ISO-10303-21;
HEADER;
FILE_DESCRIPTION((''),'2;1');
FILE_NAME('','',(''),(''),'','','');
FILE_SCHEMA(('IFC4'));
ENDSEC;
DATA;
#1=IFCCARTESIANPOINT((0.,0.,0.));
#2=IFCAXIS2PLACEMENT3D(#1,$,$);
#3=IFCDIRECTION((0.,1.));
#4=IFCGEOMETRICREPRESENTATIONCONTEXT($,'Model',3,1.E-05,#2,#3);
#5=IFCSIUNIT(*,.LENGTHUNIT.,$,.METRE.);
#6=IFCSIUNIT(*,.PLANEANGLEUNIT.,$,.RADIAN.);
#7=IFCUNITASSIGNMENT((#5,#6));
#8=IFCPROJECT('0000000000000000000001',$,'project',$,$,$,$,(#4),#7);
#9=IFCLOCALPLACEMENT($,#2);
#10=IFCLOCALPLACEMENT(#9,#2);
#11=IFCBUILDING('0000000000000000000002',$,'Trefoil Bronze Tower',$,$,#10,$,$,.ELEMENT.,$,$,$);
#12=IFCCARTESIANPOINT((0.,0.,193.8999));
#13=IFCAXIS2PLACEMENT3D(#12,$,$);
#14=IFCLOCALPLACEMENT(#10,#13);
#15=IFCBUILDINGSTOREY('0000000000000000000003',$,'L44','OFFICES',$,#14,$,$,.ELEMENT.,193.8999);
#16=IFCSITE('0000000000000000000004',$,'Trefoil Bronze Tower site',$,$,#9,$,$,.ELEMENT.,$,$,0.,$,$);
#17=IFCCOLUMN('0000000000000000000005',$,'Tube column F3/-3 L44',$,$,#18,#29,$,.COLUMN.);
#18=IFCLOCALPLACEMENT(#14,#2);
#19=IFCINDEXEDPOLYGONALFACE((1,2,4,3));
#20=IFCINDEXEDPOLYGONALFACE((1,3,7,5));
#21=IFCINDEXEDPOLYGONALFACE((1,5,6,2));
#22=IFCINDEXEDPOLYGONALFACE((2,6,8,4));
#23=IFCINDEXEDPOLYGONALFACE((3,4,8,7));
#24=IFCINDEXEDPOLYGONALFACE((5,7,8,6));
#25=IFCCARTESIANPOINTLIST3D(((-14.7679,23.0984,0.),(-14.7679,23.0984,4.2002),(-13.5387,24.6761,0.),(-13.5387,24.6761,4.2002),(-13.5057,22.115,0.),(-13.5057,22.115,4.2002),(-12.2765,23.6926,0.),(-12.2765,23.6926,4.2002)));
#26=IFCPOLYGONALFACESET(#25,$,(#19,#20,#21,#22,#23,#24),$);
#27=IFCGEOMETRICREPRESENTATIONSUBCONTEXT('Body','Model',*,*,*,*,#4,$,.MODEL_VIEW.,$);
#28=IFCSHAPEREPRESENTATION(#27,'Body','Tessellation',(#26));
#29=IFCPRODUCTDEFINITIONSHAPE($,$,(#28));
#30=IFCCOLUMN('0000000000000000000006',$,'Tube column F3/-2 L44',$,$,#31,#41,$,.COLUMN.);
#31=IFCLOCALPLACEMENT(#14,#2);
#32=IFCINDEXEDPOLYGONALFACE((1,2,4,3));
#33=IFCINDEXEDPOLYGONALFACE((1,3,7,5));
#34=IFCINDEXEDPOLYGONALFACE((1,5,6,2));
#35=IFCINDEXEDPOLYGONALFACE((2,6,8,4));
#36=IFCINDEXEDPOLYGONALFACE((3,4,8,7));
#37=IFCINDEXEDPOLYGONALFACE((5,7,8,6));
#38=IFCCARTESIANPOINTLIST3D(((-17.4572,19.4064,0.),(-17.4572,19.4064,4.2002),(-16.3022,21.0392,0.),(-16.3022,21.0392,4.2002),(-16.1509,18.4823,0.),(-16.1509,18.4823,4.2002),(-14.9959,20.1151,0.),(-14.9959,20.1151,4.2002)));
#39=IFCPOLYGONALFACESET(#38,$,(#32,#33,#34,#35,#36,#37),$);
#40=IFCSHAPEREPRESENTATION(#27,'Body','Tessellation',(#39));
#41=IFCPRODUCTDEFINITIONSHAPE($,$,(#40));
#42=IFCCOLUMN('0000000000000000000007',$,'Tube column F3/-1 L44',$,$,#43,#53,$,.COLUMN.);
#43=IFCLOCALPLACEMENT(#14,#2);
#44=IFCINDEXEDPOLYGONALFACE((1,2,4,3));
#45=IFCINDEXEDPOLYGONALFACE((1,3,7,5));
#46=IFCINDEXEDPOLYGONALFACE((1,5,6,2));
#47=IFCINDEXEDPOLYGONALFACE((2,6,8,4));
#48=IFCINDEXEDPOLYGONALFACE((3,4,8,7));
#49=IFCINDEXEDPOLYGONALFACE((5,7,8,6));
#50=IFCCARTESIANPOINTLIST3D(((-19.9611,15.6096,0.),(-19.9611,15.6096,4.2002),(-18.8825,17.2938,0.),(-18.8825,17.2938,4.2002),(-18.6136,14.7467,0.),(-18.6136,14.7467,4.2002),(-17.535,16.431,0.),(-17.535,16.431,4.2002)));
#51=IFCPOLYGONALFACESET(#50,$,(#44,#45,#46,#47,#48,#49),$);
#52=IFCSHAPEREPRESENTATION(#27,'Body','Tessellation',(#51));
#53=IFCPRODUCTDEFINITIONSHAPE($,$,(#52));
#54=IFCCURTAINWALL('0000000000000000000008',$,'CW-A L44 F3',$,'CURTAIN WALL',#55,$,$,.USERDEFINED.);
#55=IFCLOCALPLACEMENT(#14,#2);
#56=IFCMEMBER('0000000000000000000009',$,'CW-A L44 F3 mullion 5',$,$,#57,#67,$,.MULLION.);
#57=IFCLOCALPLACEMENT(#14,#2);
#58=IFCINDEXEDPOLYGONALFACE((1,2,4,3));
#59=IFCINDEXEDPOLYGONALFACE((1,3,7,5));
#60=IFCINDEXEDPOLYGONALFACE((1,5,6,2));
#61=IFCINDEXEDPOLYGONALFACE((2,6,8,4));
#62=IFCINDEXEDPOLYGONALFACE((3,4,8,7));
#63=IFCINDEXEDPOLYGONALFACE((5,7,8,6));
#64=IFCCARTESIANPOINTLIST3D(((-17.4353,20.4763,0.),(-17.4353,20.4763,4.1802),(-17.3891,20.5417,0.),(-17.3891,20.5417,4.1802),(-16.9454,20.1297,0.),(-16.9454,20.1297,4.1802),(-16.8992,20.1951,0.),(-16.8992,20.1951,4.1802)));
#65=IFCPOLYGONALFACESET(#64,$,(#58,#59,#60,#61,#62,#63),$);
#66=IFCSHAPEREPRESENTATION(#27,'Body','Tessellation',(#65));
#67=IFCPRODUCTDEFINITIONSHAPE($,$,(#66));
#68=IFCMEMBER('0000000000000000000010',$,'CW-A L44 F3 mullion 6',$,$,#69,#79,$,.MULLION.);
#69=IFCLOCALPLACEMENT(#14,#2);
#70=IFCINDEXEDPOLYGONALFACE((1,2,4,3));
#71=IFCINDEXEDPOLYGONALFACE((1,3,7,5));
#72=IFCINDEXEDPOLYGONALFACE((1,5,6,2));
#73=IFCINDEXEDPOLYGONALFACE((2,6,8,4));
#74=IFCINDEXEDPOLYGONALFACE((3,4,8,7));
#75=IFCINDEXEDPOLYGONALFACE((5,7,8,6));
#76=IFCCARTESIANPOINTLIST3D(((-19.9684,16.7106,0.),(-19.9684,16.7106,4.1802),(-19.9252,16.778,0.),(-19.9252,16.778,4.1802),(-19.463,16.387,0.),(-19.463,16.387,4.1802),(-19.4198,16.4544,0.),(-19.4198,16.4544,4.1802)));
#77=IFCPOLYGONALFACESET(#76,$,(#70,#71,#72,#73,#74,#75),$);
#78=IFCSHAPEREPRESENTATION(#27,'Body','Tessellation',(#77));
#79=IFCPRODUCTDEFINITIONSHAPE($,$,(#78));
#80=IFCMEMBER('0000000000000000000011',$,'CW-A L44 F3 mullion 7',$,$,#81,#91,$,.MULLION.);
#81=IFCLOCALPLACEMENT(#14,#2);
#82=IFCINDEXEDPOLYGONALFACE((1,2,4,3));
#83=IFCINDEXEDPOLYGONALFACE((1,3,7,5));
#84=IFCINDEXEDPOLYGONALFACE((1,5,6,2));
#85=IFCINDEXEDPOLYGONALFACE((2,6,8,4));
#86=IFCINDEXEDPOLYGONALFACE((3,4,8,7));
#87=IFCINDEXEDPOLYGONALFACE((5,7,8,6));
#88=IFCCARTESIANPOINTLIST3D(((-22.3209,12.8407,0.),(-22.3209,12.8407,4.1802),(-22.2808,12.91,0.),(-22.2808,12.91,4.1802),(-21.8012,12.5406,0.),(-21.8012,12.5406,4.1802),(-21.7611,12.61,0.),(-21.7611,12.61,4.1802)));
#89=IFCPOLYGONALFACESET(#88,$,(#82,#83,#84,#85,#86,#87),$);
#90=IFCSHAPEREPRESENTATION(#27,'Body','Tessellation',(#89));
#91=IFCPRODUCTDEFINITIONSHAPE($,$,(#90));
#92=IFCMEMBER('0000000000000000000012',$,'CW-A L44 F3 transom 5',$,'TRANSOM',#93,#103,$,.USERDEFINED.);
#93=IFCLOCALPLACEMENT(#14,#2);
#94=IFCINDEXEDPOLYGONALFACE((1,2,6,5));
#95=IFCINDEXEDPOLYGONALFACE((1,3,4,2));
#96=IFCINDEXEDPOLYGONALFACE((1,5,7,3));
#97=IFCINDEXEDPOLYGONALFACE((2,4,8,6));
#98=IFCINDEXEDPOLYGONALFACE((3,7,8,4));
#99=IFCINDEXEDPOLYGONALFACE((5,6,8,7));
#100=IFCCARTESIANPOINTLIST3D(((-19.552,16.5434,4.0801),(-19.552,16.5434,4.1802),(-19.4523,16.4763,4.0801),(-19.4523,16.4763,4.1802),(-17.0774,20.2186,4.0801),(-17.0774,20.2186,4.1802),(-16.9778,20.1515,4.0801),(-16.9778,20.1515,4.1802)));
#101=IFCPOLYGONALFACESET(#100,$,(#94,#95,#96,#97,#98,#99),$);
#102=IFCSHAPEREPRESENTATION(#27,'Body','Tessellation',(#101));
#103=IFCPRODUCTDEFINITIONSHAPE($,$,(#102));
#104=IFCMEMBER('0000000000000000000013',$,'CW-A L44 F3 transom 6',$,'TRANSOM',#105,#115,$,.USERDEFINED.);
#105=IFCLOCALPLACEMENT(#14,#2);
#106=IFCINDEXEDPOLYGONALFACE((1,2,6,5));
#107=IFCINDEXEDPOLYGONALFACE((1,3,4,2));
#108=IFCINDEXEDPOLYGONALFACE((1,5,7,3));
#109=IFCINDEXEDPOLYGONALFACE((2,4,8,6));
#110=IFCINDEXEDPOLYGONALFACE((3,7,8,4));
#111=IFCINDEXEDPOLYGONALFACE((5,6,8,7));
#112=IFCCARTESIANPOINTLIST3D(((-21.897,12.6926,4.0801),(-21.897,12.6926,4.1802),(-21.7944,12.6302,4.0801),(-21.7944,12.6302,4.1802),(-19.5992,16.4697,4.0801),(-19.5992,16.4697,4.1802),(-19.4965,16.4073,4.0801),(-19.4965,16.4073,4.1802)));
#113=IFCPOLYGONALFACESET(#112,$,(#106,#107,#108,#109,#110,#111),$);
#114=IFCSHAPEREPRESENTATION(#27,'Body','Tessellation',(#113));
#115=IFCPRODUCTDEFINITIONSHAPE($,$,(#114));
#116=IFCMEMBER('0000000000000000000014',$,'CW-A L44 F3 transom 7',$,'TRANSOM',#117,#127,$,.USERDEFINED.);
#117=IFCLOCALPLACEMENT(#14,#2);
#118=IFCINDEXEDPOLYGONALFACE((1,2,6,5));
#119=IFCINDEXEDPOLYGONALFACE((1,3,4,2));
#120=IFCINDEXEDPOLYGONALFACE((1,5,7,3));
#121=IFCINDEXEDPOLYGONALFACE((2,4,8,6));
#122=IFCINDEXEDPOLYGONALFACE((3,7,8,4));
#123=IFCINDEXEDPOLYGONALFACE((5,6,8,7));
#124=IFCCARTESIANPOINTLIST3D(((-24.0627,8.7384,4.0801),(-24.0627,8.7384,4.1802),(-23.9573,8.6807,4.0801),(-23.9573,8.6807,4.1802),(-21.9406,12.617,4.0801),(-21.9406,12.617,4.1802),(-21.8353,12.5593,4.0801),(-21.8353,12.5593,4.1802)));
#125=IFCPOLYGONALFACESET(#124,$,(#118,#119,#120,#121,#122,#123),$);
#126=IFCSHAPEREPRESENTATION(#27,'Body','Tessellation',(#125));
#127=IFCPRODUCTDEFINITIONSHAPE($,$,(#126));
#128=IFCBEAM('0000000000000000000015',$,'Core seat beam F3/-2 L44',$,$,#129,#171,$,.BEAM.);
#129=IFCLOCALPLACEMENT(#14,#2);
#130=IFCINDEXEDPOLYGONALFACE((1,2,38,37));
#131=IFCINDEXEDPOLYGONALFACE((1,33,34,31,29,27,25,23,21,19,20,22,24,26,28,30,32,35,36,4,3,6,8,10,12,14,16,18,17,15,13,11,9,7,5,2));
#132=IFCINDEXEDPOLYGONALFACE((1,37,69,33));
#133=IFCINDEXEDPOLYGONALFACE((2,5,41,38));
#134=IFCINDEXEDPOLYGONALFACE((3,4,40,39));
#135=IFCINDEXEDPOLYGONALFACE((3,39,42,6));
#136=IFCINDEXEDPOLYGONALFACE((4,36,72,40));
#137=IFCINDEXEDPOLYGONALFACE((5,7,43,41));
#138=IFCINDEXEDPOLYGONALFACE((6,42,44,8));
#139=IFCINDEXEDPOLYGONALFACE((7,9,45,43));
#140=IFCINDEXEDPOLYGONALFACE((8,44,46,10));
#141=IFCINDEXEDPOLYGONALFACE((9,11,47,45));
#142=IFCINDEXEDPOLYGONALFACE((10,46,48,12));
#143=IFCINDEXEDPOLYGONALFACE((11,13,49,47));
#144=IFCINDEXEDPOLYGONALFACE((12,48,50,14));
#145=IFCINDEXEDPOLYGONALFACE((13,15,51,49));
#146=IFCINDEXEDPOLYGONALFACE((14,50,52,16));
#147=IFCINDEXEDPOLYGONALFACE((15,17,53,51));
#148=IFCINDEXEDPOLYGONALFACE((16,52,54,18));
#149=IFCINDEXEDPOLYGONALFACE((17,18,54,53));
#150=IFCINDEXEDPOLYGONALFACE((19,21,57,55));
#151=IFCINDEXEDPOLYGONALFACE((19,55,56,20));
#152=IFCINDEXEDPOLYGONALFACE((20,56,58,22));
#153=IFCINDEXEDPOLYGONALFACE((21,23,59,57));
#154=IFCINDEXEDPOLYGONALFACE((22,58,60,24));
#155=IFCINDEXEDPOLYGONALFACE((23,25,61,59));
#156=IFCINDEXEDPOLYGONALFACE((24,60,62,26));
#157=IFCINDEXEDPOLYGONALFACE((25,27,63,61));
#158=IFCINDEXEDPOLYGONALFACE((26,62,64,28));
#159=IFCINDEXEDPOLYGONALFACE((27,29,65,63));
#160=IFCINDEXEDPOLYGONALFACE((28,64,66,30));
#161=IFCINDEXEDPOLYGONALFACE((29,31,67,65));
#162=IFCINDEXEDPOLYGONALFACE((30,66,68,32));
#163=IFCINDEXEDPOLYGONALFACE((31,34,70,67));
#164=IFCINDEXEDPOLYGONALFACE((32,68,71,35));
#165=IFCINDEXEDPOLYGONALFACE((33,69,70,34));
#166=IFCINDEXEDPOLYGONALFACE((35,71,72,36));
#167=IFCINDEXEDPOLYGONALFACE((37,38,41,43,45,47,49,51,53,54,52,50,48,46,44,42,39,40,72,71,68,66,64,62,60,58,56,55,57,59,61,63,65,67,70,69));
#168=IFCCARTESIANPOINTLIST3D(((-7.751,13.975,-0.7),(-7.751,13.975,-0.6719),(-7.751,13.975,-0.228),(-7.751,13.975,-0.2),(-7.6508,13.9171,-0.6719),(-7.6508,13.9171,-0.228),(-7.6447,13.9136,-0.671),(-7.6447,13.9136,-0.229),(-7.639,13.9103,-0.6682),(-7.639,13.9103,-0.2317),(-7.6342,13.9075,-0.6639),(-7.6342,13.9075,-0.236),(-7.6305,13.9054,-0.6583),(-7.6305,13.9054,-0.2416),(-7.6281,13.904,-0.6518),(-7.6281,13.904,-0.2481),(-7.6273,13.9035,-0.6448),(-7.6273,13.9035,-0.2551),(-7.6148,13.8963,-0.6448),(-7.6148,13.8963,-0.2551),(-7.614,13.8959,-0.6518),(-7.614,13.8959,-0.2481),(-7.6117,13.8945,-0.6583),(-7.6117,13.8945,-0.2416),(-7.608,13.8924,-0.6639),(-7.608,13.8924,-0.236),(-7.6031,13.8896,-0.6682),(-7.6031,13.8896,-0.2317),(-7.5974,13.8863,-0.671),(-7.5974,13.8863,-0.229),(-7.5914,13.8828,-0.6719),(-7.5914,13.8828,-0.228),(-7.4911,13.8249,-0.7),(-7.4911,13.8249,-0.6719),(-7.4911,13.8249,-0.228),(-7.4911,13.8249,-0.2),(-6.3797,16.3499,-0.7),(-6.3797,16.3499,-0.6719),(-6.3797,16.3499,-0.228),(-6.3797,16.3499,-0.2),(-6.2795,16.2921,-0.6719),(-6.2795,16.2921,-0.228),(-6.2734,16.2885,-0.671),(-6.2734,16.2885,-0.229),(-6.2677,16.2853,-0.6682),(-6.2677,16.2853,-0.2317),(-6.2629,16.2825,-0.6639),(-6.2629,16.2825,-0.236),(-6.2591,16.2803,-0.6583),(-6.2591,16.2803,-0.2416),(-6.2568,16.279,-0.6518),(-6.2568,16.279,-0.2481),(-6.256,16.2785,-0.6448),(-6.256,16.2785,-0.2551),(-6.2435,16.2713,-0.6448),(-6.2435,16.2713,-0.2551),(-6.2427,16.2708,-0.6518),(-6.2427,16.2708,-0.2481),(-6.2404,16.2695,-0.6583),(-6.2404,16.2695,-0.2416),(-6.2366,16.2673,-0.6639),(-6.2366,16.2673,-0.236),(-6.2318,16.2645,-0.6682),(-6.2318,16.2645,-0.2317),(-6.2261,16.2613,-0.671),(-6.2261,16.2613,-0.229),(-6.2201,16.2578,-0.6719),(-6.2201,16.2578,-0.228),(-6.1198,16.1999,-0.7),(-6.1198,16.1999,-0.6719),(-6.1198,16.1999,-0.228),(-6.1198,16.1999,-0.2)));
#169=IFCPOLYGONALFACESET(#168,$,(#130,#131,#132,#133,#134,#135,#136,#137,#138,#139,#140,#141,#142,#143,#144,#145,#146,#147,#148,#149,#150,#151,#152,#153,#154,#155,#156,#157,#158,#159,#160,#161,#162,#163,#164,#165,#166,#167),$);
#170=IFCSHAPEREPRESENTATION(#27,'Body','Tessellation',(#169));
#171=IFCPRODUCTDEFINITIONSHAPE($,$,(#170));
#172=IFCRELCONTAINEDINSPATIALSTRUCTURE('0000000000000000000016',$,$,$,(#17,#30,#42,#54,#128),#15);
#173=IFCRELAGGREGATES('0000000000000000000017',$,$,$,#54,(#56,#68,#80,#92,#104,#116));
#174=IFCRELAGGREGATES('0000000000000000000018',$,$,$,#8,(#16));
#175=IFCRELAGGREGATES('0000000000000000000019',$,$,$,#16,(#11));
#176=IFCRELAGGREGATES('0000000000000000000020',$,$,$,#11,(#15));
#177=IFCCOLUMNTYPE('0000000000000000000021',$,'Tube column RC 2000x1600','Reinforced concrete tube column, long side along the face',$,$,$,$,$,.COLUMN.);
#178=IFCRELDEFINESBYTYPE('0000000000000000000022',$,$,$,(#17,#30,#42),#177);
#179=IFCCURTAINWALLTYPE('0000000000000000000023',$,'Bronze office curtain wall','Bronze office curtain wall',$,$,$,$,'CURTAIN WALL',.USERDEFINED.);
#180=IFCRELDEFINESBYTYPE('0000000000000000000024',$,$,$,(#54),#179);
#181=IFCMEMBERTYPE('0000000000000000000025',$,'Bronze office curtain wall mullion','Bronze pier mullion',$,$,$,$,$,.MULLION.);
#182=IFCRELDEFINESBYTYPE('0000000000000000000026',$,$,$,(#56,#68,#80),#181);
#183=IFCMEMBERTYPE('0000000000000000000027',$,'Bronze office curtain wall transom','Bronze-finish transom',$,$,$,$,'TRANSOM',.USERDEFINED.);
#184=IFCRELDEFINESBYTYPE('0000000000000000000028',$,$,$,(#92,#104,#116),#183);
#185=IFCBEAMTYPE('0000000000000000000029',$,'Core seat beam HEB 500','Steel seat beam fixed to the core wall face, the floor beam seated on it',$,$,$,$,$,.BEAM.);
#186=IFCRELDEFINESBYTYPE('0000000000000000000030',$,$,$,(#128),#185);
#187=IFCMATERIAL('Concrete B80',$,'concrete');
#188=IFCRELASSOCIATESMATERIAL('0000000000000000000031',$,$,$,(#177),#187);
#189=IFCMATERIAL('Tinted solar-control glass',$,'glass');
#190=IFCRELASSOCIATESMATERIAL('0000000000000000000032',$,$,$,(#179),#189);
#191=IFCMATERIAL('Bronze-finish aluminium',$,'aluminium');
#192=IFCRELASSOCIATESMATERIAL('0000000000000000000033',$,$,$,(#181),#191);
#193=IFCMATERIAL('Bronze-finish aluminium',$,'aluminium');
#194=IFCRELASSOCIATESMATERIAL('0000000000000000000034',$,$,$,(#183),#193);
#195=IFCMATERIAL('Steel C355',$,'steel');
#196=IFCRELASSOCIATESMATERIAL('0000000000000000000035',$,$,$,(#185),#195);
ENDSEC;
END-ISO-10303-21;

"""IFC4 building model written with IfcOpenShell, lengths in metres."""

from ifc_helpers import new_model, si_unit, direction, frame, origin, origin_2d, place, context, subcontext, project, spatial, rectangle, i_section, extrude, material, material_profile, profile_set, type_object, element, aggregate, save


model = new_model("IFC4")

# Units and contexts
model_context = context("Model", 3, precision=1e-05, world=origin(), true_north=direction((0.0, 1.0)))
body_context = subcontext(model_context, "Body", "Model", "MODEL_VIEW")
ifc_project = project(units=[si_unit("LENGTHUNIT", "METRE"), si_unit("PLANEANGLEUNIT", "RADIAN")], contexts=[model_context])

# Site, building, storey
site_placement = place(None, origin())
site = spatial("IfcSite", under=ifc_project, at=site_placement, Name="Trefoil Bronze Tower site", CompositionType="ELEMENT", RefElevation=0.0)
building_placement = place(site_placement, origin())
building = spatial("IfcBuilding", under=site, at=building_placement, Name="Trefoil Bronze Tower", CompositionType="ELEMENT")
storey_placement = place(building_placement, frame((0.0, 0.0, 193.8999)))
storey = spatial("IfcBuildingStorey", under=building, at=storey_placement, Name="L44", Description="OFFICES", CompositionType="ELEMENT", Elevation=193.8999)

# Columns
ifc_material_1 = material(Name="Concrete B80", Category="concrete")
ifc_material_profile_1 = material_profile(ifc_material_1, rectangle(XDim=2.0, YDim=1.6001, at=origin_2d()), Name="RC 2000x1600")
ifc_profile_set_1 = profile_set([ifc_material_profile_1], Name="Concrete B80")
column_type = type_object("IfcColumnType", Name="Tube column RC 2000x1600", Description="Reinforced concrete tube column, long side along the face", PredefinedType="COLUMN", material=ifc_profile_set_1)
for number, where, z_axis, x_axis, name in (
    (1, (-13.5222, 23.3955, 0.0), (0.0, 0.0, 1.0), (-0.614622, -0.788821, 0.0), "Tube column F3/-3 L44"),
    (2, (-16.2266, 19.7607, 0.0), (0.0, 0.0, 1.0), (-0.577481, -0.816404, 0.0), "Tube column F3/-2 L44"),
    (3, (-18.748, 16.0203, 0.0), (0.0, 0.0, 1.0), (-0.53927, -0.842133, 0.0), "Tube column F3/-1 L44"),
):
    element("IfcColumn", number, at=place(storey_placement, frame(where, z_axis=z_axis, x_axis=x_axis)), inside=storey, type_object=column_type, Name=name, PredefinedType="COLUMN", context=body_context, shape_type="SweptSolid", body=[
        extrude(rectangle(XDim=2.0, YDim=1.6001, at=origin_2d()), origin(), (0.0, 0.0, 1.0), 4.2002),
    ])

# Curtain wall, members
ifc_material_2 = material(Name="Tinted solar-control glass", Category="glass")
curtain_wall_type = type_object("IfcCurtainWallType", Name="Bronze office curtain wall", Description="Bronze office curtain wall", ElementType="CURTAIN WALL", PredefinedType="USERDEFINED", material=ifc_material_2)
curtain_wall_placement = place(storey_placement, origin())
curtain_wall = element("IfcCurtainWall", 4, at=curtain_wall_placement, inside=storey, type_object=curtain_wall_type, Name="CW-A L44 F3", ObjectType="CURTAIN WALL", PredefinedType="USERDEFINED")
ifc_material_3 = material(Name="Bronze-finish aluminium", Category="aluminium")
ifc_material_profile_2 = material_profile(ifc_material_3, rectangle(XDim=0.6001, YDim=0.0801, at=origin_2d()), Name="CW-A mullion")
ifc_profile_set_2 = profile_set([ifc_material_profile_2], Name="Bronze-finish aluminium")
member_type_1 = type_object("IfcMemberType", Name="Bronze office curtain wall mullion", Description="Bronze pier mullion", PredefinedType="MULLION", material=ifc_profile_set_2)
member_1_placement = place(storey_placement, frame((-17.1672, 20.3357, 0.0), z_axis=(0.0, 0.0, 1.0), x_axis=(0.816404, -0.577481, 0.0)))
member_1 = element("IfcMember", 5, at=member_1_placement, type_object=member_type_1, Name="CW-A L44 F3 mullion 5", PredefinedType="MULLION", context=body_context, shape_type="SweptSolid", body=[
    extrude(rectangle(XDim=0.6001, YDim=0.0801, at=origin_2d()), origin(), (0.0, 0.0, 1.0), 4.1802),
])
member_2_placement = place(storey_placement, frame((-19.6941, 16.5825, 0.0), z_axis=(0.0, 0.0, 1.0), x_axis=(0.842133, -0.53927, 0.0)))
member_2 = element("IfcMember", 6, at=member_2_placement, type_object=member_type_1, Name="CW-A L44 F3 mullion 6", PredefinedType="MULLION", context=body_context, shape_type="SweptSolid", body=[
    extrude(rectangle(XDim=0.6001, YDim=0.0801, at=origin_2d()), origin(), (0.0, 0.0, 1.0), 4.1802),
])
member_3_placement = place(storey_placement, frame((-22.041, 12.7253, 0.0), z_axis=(0.0, 0.0, 1.0), x_axis=(0.866025, -0.5, 0.0)))
member_3 = element("IfcMember", 7, at=member_3_placement, type_object=member_type_1, Name="CW-A L44 F3 mullion 7", PredefinedType="MULLION", context=body_context, shape_type="SweptSolid", body=[
    extrude(rectangle(XDim=0.6001, YDim=0.0801, at=origin_2d()), origin(), (0.0, 0.0, 1.0), 4.1802),
])
ifc_material_4 = material(Name="Bronze-finish aluminium", Category="aluminium")
ifc_material_profile_3 = material_profile(ifc_material_4, rectangle(XDim=0.1201, YDim=0.1001, at=origin_2d()), Name="CW-A transom")
ifc_profile_set_3 = profile_set([ifc_material_profile_3], Name="Bronze-finish aluminium")
member_type_2 = type_object("IfcMemberType", Name="Bronze office curtain wall transom", Description="Bronze-finish transom", ElementType="TRANSOM", PredefinedType="USERDEFINED", material=ifc_profile_set_3)
member_4_placement = place(storey_placement, frame((-17.0276, 20.1851, 4.1301), z_axis=(-0.558509, -0.829498, 0.0), x_axis=(0.829498, -0.558509, 0.0)))
member_4 = element("IfcMember", 8, at=member_4_placement, type_object=member_type_2, Name="CW-A L44 F3 transom 5", ObjectType="TRANSOM", PredefinedType="USERDEFINED", context=body_context, shape_type="SweptSolid", body=[
    extrude(rectangle(XDim=0.1201, YDim=0.1001, at=origin_2d()), origin(), (0.0, 0.0, 1.0), 4.4307),
])
member_5_placement = place(storey_placement, frame((-19.5479, 16.4385, 4.1301), z_axis=(-0.51974, -0.854324, 0.0), x_axis=(0.854324, -0.51974, 0.0)))
member_5 = element("IfcMember", 9, at=member_5_placement, type_object=member_type_2, Name="CW-A L44 F3 transom 6", ObjectType="TRANSOM", PredefinedType="USERDEFINED", context=body_context, shape_type="SweptSolid", body=[
    extrude(rectangle(XDim=0.1201, YDim=0.1001, at=origin_2d()), origin(), (0.0, 0.0, 1.0), 4.4211),
])
member_6_placement = place(storey_placement, frame((-21.8879, 12.5881, 4.1301), z_axis=(-0.479974, -0.877283, 0.0), x_axis=(0.877283, -0.479974, 0.0)))
member_6 = element("IfcMember", 10, at=member_6_placement, type_object=member_type_2, Name="CW-A L44 F3 transom 7", ObjectType="TRANSOM", PredefinedType="USERDEFINED", context=body_context, shape_type="SweptSolid", body=[
    extrude(rectangle(XDim=0.1201, YDim=0.1001, at=origin_2d()), origin(), (0.0, 0.0, 1.0), 4.4211),
])

# Beam
ifc_material_5 = material(Name="Steel C355", Category="steel")
ifc_material_profile_4 = material_profile(ifc_material_5, i_section(OverallWidth=0.3, OverallDepth=0.5, WebThickness=0.0144, FlangeThickness=0.0281, FilletRadius=0.0271, at=origin_2d()), Name="HEB 500")
ifc_profile_set_4 = profile_set([ifc_material_profile_4], Name="Steel C355")
beam_type_1 = type_object("IfcBeamType", Name="Core seat beam HEB 500", Description="Steel seat beam fixed to the core wall face, the floor beam seated on it", PredefinedType="BEAM", material=ifc_profile_set_4)
beam_1_placement = place(storey_placement, frame((-6.2498, 16.2749, -0.45), z_axis=(-0.500036, -0.866005, 0.0), x_axis=(0.866005, -0.500036, 0.0)))
element("IfcBeam", 11, at=beam_1_placement, inside=storey, type_object=beam_type_1, Name="Core seat beam F3/-2 L44", PredefinedType="BEAM", context=body_context, shape_type="SweptSolid", body=[
    extrude(i_section(OverallWidth=0.3, OverallDepth=0.5, WebThickness=0.0144, FlangeThickness=0.0281, FilletRadius=0.0271, at=origin_2d()), origin(), (0.0, 0.0, 1.0), 2.7424),
])

aggregate(curtain_wall, [member_1, member_2, member_3, member_4, member_5, member_6])

save(model, "model.ifc")
